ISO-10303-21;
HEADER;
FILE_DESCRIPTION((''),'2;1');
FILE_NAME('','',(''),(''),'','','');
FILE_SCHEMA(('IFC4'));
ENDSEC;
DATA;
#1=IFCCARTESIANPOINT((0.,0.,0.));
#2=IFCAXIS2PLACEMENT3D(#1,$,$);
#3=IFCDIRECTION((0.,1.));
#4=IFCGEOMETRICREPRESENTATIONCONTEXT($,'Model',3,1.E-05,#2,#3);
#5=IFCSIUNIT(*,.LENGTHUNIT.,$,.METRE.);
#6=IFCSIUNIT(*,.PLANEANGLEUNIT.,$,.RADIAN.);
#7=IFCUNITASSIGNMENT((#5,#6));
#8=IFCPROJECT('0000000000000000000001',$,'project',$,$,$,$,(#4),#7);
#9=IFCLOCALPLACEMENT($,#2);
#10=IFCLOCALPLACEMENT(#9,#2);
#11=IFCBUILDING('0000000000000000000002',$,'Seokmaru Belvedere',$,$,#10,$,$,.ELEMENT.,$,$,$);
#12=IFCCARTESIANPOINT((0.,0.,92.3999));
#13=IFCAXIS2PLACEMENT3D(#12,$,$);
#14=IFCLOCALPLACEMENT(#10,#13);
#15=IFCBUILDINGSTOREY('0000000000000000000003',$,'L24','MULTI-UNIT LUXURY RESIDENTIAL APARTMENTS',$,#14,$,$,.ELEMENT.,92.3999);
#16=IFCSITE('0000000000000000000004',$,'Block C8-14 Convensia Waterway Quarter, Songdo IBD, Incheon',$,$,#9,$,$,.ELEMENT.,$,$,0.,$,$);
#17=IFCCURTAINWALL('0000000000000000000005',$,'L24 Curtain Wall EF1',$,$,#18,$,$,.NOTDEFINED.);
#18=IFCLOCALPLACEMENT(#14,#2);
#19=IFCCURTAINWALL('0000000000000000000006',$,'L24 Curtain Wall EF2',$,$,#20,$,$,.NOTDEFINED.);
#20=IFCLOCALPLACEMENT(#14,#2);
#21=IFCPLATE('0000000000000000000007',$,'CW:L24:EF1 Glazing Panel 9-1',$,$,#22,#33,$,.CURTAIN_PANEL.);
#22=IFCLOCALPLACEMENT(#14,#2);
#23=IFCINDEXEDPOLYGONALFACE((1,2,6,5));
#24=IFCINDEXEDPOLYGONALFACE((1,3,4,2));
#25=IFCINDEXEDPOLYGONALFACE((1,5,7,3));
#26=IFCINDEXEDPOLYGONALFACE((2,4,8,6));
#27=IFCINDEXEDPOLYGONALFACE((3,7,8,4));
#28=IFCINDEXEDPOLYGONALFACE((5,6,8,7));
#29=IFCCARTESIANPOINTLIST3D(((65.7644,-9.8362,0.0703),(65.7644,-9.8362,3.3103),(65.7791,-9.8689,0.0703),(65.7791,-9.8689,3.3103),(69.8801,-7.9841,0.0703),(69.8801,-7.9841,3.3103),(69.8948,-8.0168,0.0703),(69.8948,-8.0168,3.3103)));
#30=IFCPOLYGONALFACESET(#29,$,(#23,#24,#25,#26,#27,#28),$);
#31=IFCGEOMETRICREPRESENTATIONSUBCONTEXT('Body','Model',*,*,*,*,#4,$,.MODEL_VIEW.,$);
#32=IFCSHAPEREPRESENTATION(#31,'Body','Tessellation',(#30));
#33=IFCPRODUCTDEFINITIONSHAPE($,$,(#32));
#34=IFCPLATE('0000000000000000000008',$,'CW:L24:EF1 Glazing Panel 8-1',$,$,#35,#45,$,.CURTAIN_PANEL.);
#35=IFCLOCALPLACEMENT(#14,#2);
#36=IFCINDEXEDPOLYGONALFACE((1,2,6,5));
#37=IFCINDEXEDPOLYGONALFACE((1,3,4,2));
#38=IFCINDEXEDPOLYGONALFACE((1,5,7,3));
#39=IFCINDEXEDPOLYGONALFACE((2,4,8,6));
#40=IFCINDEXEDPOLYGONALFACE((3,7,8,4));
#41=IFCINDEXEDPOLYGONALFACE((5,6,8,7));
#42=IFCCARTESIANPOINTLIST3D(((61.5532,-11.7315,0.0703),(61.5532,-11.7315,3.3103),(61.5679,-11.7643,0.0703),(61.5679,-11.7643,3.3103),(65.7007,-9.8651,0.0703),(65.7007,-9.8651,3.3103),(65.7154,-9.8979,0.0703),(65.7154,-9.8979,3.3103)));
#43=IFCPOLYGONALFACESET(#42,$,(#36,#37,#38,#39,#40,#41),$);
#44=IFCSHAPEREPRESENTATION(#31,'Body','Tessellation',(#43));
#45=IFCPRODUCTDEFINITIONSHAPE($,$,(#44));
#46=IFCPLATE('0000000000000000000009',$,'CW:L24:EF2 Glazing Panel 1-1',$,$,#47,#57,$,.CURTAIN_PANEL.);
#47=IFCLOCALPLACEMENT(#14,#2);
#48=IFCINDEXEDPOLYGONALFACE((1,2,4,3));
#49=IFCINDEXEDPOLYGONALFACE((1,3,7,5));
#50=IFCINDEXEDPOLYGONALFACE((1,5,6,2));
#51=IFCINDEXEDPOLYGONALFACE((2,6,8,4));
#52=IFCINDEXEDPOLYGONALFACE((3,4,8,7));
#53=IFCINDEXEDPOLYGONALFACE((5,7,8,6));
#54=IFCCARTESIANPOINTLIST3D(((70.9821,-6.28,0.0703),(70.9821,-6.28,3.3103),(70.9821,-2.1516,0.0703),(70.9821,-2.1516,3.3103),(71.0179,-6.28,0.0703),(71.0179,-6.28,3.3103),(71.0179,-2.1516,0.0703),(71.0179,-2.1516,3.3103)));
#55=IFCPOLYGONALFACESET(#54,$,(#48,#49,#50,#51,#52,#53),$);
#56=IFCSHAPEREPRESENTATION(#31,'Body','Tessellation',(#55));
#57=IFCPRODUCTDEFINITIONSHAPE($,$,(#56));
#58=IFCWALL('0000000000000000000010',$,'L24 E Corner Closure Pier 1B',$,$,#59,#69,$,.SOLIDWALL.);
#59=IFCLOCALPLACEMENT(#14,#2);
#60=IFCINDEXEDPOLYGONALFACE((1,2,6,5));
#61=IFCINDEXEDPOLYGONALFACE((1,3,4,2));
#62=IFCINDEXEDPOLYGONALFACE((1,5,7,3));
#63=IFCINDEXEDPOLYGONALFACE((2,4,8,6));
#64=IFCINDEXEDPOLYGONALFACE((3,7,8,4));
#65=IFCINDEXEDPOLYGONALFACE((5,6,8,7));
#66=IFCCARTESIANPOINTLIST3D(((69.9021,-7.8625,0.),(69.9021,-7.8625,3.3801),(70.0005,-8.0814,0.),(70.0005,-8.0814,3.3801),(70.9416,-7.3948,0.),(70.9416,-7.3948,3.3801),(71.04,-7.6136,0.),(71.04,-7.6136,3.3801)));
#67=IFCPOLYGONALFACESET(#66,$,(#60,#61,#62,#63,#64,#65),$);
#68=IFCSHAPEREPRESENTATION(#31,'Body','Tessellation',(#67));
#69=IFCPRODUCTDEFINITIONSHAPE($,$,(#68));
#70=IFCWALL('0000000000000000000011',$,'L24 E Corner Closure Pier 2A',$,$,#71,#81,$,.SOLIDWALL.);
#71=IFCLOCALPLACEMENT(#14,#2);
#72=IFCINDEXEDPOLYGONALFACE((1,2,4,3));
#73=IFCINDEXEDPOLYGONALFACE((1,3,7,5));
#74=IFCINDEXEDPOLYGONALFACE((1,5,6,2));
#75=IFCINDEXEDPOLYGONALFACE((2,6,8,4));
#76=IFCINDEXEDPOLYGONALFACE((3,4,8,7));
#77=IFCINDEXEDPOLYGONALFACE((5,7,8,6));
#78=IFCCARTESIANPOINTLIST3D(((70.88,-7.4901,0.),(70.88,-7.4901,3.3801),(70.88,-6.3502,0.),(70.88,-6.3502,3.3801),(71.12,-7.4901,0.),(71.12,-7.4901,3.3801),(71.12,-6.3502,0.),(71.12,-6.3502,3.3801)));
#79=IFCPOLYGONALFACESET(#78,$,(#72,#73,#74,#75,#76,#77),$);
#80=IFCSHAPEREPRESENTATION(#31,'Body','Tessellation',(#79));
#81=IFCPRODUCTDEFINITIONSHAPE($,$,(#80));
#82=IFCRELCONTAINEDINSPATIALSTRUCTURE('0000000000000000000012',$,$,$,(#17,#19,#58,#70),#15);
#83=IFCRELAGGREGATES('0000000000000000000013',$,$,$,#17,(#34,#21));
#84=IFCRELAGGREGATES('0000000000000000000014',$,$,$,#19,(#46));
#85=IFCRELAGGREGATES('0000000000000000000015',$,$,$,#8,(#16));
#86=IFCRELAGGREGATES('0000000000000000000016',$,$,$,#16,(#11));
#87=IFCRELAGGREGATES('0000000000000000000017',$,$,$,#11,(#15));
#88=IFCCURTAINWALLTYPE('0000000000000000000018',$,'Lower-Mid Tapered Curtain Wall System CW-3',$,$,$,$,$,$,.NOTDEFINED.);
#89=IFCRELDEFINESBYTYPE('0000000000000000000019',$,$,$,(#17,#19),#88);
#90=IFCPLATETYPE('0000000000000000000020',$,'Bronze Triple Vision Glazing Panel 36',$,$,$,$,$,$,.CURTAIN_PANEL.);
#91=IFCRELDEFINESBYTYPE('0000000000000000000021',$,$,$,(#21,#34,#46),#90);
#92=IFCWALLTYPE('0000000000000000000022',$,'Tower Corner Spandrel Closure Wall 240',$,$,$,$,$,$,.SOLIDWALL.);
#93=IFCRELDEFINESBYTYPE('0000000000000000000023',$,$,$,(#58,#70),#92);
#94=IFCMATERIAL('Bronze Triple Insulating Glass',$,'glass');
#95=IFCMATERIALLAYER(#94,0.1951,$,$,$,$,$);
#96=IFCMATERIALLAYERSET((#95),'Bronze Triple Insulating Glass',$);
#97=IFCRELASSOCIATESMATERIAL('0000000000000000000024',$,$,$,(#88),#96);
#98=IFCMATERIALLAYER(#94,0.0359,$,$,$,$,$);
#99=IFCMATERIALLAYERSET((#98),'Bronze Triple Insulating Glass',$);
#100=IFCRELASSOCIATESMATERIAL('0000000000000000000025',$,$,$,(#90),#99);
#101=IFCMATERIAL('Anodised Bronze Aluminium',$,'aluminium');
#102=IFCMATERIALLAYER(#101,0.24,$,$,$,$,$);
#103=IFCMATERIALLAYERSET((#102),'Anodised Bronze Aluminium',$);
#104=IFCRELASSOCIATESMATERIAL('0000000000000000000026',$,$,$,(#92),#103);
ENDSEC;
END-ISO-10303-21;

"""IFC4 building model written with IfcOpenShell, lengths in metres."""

from ifc_helpers import new_model, si_unit, direction, frame, frame_2d, origin, origin_2d, place, context, subcontext, project, spatial, rectangle, extrude, source, transform, mapped, material, layer, layer_set, type_object, type_shapes, element, aggregate, save


model = new_model("IFC4")

# Units and contexts
model_context = context("Model", 3, precision=1e-05, world=origin(), true_north=direction((0.0, 1.0)))
body_context = subcontext(model_context, "Body", "Model", "MODEL_VIEW")
ifc_project = project(units=[si_unit("LENGTHUNIT", "METRE"), si_unit("PLANEANGLEUNIT", "RADIAN")], contexts=[model_context])

# Site, building, storey
site_placement = place(None, origin())
site = spatial("IfcSite", under=ifc_project, at=site_placement, Name="Block C8-14 Convensia Waterway Quarter, Songdo IBD, Incheon", CompositionType="ELEMENT", RefElevation=0.0)
building_placement = place(site_placement, origin())
building = spatial("IfcBuilding", under=site, at=building_placement, Name="Seokmaru Belvedere", CompositionType="ELEMENT")
storey_placement = place(building_placement, frame((0.0, 0.0, 92.3999)))
storey = spatial("IfcBuildingStorey", under=building, at=storey_placement, Name="L24", Description="MULTI-UNIT LUXURY RESIDENTIAL APARTMENTS", CompositionType="ELEMENT", Elevation=92.3999)

# Curtain walls
ifc_material_1 = material(Name="Bronze Triple Insulating Glass", Category="glass")
ifc_layer_1 = layer(ifc_material_1, 0.1951)
ifc_layer_set_1 = layer_set([ifc_layer_1], Name="Bronze Triple Insulating Glass")
curtain_wall_type = type_object("IfcCurtainWallType", Name="Lower-Mid Tapered Curtain Wall System CW-3", PredefinedType="NOTDEFINED", material=ifc_layer_set_1)
curtain_wall_1_placement = place(storey_placement, origin())
curtain_wall_1 = element("IfcCurtainWall", 1, at=curtain_wall_1_placement, inside=storey, type_object=curtain_wall_type, Name="L24 Curtain Wall EF1", PredefinedType="NOTDEFINED")
ifc_material_2 = material(Name="Anodised Bronze Aluminium", Category="aluminium")
curtain_wall_2_placement = place(storey_placement, origin())
curtain_wall_2 = element("IfcCurtainWall", 2, at=curtain_wall_2_placement, inside=storey, type_object=curtain_wall_type, Name="L24 Curtain Wall EF2", PredefinedType="NOTDEFINED")

# Plates
ifc_layer_2 = layer(ifc_material_1, 0.0359)
ifc_layer_set_2 = layer_set([ifc_layer_2], Name="Bronze Triple Insulating Glass")
plate_type = type_object("IfcPlateType", Name="Bronze Triple Vision Glazing Panel 36", PredefinedType="CURTAIN_PANEL", material=ifc_layer_set_2)
shared_shape_1 = source(origin(), body_context, "Body", "SweptSolid", [
    extrude(rectangle(XDim=4.5132, YDim=0.0359, at=origin_2d()), origin(), (0.0, 0.0, 1.0), 3.24),
])
plate_1_placement = place(storey_placement, frame((67.8296, -8.9265, 0.0703), z_axis=(0.0, 0.0, 1.0), x_axis=(0.911921, 0.410366, 0.0)))
plate_1 = element("IfcPlate", 3, at=plate_1_placement, type_object=plate_type, Name="CW:L24:EF1 Glazing Panel 9-1", PredefinedType="CURTAIN_PANEL", context=body_context, shape_type="MappedRepresentation", body=[
    mapped(shared_shape_1, transform((0.0, 0.0, 0.0), scale=1.0)),
])
shared_shape_2 = source(origin(), body_context, "Body", "SweptSolid", [
    extrude(rectangle(XDim=4.5481, YDim=0.0359, at=origin_2d()), origin(), (0.0, 0.0, 1.0), 3.24),
])
plate_2_placement = place(storey_placement, frame((63.6343, -10.8147, 0.0703), z_axis=(0.0, 0.0, 1.0), x_axis=(0.911921, 0.410366, 0.0)))
plate_2 = element("IfcPlate", 4, at=plate_2_placement, type_object=plate_type, Name="CW:L24:EF1 Glazing Panel 8-1", PredefinedType="CURTAIN_PANEL", context=body_context, shape_type="MappedRepresentation", body=[
    mapped(shared_shape_2, transform((0.0, 0.0, 0.0), scale=1.0)),
])
aggregate(curtain_wall_1, [plate_2, plate_1])
shared_shape_3 = source(origin(), body_context, "Body", "SweptSolid", [
    extrude(rectangle(XDim=4.1284, YDim=0.0359, at=origin_2d()), origin(), (0.0, 0.0, 1.0), 3.24),
])
type_shapes(plate_type, [shared_shape_1, shared_shape_2, shared_shape_3])
plate_3_placement = place(storey_placement, frame((71.0, -4.2158, 0.0703), z_axis=(0.0, 0.0, 1.0), x_axis=(0.0, 1.0, 0.0)))
plate_3 = element("IfcPlate", 5, at=plate_3_placement, type_object=plate_type, Name="CW:L24:EF2 Glazing Panel 1-1", PredefinedType="CURTAIN_PANEL", context=body_context, shape_type="MappedRepresentation", body=[
    mapped(shared_shape_3, transform((0.0, 0.0, 0.0), scale=1.0)),
])
aggregate(curtain_wall_2, [plate_3])

# Walls
ifc_layer_3 = layer(ifc_material_2, 0.24)
ifc_layer_set_3 = layer_set([ifc_layer_3], Name="Anodised Bronze Aluminium")
wall_type = type_object("IfcWallType", Name="Tower Corner Spandrel Closure Wall 240", PredefinedType="SOLIDWALL", material=ifc_layer_set_3)
for number, where, z_axis, x_axis, name in (
    (6, (69.9514, -7.9719, 0.0), (0.0, 0.0, 1.0), (0.91193, 0.410347, 0.0), "L24 E Corner Closure Pier 1B"),
    (7, (71.0, -7.49, 0.0), (0.0, 0.0, 1.0), (0.0, 1.0, 0.0), "L24 E Corner Closure Pier 2A"),
):
    element("IfcWall", number, at=place(storey_placement, frame(where, z_axis=z_axis, x_axis=x_axis)), inside=storey, type_object=wall_type, Name=name, PredefinedType="SOLIDWALL", context=body_context, shape_type="SweptSolid", body=[
        extrude(rectangle(XDim=1.1399, YDim=0.24, at=frame_2d((0.5698, 0.0))), origin(), (0.0, 0.0, 1.0), 3.3801),
    ])

save(model, "model.ifc")
